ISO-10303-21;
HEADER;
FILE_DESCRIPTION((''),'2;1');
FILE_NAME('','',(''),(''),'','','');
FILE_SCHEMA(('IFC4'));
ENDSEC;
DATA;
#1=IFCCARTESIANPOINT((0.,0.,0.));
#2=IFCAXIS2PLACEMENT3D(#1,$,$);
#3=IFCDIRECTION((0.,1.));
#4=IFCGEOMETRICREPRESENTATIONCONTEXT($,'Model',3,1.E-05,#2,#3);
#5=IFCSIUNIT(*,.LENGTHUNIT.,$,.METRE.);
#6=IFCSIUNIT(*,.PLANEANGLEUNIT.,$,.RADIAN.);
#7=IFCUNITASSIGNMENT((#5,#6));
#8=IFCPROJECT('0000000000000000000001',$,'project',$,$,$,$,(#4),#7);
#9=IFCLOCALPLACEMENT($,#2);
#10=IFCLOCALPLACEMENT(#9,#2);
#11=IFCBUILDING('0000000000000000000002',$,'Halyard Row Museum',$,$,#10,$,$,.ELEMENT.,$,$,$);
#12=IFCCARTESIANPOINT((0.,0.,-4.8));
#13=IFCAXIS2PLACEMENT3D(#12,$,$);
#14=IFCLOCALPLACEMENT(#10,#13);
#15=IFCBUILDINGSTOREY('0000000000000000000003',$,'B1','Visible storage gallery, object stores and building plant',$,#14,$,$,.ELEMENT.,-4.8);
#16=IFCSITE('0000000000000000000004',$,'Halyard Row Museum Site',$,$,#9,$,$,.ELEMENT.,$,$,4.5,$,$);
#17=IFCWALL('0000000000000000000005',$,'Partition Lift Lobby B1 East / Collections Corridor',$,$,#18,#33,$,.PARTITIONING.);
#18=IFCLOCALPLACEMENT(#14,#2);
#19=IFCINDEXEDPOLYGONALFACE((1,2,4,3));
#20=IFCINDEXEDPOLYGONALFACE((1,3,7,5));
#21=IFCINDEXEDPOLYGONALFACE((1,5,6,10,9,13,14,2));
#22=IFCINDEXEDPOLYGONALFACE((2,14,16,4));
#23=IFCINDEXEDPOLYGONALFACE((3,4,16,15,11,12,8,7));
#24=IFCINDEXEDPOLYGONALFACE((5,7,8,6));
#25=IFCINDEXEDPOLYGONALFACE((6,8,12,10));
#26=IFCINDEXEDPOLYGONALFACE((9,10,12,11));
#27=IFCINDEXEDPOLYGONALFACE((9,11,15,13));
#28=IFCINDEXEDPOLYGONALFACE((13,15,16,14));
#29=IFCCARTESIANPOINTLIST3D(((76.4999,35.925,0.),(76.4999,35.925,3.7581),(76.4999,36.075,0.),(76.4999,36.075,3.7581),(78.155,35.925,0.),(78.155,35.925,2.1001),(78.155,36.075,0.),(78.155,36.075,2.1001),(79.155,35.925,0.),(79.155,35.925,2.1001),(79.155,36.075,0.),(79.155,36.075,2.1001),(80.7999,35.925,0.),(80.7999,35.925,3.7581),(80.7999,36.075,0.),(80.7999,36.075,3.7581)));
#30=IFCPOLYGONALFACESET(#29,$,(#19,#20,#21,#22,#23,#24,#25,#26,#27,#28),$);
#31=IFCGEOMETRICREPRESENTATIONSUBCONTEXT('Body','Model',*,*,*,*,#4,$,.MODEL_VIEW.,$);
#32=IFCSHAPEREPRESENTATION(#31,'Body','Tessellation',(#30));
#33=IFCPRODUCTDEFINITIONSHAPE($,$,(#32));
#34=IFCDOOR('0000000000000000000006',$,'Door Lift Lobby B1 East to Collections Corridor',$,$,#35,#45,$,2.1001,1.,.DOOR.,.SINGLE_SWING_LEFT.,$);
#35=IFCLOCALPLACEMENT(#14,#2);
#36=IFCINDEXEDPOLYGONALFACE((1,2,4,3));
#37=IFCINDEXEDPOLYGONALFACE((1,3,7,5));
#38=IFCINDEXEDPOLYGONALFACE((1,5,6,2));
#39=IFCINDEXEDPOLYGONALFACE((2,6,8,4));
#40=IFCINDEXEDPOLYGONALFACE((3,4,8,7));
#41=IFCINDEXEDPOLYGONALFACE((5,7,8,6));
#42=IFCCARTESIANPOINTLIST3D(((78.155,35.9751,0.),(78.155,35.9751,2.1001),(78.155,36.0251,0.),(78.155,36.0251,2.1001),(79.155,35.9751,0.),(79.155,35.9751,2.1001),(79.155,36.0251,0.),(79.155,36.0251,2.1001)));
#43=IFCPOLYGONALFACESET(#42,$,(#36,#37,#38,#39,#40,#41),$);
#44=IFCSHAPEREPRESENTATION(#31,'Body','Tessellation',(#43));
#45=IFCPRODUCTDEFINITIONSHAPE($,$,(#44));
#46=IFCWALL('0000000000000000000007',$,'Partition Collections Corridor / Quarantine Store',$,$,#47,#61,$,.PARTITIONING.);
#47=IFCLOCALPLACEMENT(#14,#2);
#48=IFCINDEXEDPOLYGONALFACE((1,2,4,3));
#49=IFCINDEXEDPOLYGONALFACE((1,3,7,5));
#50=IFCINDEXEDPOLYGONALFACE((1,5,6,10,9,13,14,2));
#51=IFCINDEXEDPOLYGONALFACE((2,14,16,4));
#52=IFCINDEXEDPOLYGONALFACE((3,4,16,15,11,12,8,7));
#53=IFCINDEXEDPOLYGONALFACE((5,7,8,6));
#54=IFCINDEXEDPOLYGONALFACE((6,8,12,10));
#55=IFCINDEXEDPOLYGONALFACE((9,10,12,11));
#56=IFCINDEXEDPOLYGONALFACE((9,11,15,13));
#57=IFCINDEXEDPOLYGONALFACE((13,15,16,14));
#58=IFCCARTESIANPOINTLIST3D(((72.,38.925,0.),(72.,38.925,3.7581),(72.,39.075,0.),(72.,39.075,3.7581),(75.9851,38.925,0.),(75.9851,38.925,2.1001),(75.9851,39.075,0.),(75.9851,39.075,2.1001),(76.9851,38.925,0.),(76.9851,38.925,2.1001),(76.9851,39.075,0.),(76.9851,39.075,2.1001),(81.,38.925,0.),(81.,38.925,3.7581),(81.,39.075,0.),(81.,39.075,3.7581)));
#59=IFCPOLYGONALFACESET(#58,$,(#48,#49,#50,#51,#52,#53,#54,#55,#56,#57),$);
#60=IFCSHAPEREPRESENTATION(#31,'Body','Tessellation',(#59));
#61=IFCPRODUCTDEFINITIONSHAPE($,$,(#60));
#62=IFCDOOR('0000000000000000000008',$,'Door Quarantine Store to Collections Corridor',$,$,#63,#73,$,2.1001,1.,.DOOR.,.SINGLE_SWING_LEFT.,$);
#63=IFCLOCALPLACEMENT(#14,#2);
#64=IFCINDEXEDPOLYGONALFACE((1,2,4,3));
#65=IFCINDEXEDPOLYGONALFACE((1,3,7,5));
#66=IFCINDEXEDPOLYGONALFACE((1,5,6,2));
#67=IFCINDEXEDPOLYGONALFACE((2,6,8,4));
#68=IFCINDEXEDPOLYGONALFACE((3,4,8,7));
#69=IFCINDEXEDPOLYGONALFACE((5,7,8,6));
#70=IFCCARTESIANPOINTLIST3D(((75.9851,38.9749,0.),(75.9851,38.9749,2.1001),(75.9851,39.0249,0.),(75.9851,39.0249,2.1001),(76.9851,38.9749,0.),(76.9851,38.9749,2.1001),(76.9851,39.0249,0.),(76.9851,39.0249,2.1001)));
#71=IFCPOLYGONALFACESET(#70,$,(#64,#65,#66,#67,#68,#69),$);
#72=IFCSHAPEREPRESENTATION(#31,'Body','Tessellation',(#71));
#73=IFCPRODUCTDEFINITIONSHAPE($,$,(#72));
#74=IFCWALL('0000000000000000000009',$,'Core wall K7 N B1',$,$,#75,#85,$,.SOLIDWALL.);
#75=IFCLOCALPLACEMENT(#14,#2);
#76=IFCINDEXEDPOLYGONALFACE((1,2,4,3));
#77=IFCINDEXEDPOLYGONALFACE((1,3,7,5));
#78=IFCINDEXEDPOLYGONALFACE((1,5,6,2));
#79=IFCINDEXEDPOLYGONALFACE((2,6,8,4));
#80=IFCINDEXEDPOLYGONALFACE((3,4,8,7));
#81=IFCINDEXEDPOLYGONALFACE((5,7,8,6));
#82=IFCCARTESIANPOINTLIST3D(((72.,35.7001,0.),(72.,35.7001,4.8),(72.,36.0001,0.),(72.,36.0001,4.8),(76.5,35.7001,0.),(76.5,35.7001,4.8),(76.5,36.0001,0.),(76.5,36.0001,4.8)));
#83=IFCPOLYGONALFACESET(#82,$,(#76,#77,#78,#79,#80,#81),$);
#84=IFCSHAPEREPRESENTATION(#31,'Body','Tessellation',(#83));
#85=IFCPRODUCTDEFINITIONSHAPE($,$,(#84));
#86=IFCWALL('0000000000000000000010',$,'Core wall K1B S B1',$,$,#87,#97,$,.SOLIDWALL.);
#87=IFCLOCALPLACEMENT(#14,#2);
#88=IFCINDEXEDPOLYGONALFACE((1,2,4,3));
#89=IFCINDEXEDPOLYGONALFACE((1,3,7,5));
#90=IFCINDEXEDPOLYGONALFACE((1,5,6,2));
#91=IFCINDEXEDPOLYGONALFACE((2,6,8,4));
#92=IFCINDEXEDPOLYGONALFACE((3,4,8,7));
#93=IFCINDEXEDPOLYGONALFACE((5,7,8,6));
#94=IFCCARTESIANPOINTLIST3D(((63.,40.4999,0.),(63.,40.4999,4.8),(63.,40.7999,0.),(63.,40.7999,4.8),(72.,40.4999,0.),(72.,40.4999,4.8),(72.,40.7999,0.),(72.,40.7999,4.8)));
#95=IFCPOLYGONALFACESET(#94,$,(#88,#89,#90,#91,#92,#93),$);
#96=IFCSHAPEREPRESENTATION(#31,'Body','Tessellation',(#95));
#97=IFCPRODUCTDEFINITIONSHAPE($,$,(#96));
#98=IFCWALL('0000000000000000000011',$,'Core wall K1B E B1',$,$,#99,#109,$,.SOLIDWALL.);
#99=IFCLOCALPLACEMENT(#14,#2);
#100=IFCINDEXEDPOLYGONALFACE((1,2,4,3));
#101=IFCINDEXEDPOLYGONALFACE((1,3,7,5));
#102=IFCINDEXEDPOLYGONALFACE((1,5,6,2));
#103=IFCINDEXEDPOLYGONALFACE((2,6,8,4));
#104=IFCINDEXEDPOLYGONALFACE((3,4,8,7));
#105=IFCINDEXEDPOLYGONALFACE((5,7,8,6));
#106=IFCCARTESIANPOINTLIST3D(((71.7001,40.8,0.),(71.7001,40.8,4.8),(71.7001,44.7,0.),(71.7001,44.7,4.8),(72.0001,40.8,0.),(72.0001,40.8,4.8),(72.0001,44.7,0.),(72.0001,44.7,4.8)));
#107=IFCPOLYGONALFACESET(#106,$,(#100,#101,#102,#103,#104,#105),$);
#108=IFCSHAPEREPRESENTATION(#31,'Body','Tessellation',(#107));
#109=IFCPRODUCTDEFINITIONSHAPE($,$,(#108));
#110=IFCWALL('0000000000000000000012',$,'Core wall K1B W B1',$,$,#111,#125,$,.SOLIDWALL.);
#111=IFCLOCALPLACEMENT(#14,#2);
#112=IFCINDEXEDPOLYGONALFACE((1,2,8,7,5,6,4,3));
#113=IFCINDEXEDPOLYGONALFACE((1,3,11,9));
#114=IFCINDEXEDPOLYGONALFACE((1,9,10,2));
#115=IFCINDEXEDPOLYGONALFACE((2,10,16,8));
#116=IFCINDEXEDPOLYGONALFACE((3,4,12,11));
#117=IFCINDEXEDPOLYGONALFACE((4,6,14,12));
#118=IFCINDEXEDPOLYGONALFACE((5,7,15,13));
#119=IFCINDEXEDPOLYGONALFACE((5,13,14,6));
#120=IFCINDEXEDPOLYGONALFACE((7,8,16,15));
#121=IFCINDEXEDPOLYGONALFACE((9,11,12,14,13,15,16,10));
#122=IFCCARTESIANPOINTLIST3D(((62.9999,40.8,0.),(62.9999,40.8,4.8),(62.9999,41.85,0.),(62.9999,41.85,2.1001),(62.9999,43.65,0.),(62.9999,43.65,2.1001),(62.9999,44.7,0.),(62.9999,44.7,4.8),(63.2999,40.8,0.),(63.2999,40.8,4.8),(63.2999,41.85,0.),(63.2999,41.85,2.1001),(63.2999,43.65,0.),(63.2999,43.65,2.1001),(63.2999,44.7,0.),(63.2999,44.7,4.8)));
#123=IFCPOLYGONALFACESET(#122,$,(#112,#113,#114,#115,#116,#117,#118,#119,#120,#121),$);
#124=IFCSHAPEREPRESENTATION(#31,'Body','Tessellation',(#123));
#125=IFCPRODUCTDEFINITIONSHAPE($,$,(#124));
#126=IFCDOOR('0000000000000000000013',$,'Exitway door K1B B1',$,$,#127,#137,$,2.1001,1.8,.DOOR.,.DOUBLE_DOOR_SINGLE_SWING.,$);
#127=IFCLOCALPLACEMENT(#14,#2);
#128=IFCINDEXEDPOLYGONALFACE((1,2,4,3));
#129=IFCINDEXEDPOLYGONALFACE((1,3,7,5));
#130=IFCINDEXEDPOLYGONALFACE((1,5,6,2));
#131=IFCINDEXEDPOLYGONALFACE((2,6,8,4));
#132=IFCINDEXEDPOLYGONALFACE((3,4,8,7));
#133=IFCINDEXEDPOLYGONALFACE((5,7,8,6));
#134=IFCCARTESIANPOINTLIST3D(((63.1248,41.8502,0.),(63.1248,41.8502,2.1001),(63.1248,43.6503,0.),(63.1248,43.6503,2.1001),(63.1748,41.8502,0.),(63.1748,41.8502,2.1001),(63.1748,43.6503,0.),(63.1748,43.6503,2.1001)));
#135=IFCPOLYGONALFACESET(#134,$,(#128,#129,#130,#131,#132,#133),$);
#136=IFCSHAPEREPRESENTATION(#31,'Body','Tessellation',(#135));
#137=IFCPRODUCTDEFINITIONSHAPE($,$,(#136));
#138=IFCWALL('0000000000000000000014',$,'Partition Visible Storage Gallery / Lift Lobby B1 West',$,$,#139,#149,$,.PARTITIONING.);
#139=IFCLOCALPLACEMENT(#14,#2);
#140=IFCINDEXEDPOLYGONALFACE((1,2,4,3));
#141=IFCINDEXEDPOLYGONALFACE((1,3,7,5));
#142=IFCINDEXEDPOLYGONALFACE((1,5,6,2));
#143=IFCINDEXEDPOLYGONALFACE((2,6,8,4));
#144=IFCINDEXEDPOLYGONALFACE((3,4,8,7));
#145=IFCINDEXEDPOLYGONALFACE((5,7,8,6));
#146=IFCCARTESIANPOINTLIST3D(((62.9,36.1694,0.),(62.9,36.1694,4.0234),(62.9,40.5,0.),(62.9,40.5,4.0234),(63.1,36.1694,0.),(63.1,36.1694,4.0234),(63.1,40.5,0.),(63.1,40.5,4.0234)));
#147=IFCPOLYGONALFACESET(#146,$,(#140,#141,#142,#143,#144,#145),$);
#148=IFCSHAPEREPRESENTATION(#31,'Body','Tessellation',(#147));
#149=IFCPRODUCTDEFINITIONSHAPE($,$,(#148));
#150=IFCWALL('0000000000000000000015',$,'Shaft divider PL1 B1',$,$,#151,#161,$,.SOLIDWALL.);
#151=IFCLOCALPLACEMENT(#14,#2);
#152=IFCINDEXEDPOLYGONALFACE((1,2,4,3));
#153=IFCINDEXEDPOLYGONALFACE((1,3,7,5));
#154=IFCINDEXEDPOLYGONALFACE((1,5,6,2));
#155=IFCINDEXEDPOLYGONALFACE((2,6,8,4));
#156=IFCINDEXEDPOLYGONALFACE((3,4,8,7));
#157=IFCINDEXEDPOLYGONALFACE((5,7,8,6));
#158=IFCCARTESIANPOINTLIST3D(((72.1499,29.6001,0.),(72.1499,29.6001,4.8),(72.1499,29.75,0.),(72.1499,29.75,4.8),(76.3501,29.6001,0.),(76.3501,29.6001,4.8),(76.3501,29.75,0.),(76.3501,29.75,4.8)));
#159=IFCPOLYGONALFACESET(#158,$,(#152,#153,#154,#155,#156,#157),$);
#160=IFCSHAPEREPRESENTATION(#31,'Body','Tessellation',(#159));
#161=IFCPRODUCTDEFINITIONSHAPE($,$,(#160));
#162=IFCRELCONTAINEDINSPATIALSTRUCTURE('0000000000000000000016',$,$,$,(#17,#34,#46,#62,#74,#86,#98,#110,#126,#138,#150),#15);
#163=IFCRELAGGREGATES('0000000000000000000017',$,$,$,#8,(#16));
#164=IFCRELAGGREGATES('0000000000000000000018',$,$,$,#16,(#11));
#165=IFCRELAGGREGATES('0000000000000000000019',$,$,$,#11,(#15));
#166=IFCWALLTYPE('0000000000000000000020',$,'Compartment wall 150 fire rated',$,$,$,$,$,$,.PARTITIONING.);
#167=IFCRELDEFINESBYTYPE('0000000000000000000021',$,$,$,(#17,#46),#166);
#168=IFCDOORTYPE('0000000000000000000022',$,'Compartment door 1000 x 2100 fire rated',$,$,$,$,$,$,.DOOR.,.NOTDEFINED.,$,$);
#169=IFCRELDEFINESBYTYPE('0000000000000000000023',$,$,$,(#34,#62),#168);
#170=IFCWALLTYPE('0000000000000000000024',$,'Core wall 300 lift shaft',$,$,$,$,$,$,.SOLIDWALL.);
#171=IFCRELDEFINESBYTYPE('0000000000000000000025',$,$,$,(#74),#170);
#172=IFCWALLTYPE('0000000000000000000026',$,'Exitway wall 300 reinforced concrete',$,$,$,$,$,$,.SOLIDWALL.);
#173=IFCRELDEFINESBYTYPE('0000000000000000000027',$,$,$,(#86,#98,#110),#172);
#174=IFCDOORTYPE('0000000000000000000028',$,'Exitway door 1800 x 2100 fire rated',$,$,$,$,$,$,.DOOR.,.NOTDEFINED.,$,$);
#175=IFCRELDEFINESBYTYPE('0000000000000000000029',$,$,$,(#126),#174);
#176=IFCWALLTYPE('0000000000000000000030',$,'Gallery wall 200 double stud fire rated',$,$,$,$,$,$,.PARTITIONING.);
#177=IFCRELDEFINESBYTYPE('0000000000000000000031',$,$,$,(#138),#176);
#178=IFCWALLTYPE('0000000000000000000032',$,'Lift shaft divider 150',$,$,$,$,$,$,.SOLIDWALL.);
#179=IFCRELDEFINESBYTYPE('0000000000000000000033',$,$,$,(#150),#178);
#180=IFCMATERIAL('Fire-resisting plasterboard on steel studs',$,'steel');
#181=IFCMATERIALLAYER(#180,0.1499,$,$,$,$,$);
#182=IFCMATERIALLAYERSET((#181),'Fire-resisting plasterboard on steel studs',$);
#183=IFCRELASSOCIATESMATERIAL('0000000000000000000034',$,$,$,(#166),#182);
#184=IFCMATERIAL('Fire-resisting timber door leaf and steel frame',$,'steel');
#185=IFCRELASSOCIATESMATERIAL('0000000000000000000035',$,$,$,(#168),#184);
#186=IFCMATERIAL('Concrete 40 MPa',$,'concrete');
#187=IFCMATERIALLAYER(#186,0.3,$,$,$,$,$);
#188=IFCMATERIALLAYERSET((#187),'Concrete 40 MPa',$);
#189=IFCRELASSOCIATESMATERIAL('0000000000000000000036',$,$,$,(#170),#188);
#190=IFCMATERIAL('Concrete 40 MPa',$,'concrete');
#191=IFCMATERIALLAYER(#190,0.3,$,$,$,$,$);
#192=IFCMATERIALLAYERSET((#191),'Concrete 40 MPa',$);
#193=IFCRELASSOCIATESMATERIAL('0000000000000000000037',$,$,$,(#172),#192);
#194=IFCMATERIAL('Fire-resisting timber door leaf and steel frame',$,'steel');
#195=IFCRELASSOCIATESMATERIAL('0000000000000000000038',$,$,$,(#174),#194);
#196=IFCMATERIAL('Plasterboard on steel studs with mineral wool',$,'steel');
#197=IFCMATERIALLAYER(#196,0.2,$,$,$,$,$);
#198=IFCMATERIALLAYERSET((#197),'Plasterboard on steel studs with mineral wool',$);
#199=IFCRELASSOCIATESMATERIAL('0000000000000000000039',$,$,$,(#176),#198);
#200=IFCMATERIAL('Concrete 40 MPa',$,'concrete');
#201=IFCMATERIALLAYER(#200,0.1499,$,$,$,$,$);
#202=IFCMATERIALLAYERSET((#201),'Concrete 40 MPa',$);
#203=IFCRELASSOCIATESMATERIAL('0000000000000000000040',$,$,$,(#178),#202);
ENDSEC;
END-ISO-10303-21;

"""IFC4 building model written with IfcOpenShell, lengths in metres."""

from ifc_helpers import new_model, si_unit, direction, frame, frame_2d, origin, place, context, subcontext, project, spatial, rectangle, extrude, material, layer, layer_set, type_object, element, fill, save


model = new_model("IFC4")

# Units and contexts
model_context = context("Model", 3, precision=1e-05, world=origin(), true_north=direction((0.0, 1.0)))
body_context = subcontext(model_context, "Body", "Model", "MODEL_VIEW")
ifc_project = project(units=[si_unit("LENGTHUNIT", "METRE"), si_unit("PLANEANGLEUNIT", "RADIAN")], contexts=[model_context])

# Site, building, storey
site_placement = place(None, origin())
site = spatial("IfcSite", under=ifc_project, at=site_placement, Name="Halyard Row Museum Site", CompositionType="ELEMENT", RefElevation=4.5)
building_placement = place(site_placement, origin())
building = spatial("IfcBuilding", under=site, at=building_placement, Name="Halyard Row Museum", CompositionType="ELEMENT")
storey_placement = place(building_placement, frame((0.0, 0.0, -4.8)))
storey = spatial("IfcBuildingStorey", under=building, at=storey_placement, Name="B1", Description="Visible storage gallery, object stores and building plant", CompositionType="ELEMENT", Elevation=-4.8)

# Shared definitions
ifc_material_1 = material(Name="Fire-resisting plasterboard on steel studs", Category="steel")
ifc_layer_1 = layer(ifc_material_1, 0.1499)
ifc_layer_set_1 = layer_set([ifc_layer_1], Name="Fire-resisting plasterboard on steel studs")
wall_type_1 = type_object("IfcWallType", Name="Compartment wall 150 fire rated", PredefinedType="PARTITIONING", material=ifc_layer_set_1)
ifc_material_2 = material(Name="Fire-resisting timber door leaf and steel frame", Category="steel")
door_type_1 = type_object("IfcDoorType", Name="Compartment door 1000 x 2100 fire rated", OperationType="NOTDEFINED", PredefinedType="DOOR", material=ifc_material_2)

# Walls, openings, doors
wall_1_placement = place(storey_placement, frame((76.5, 36.0, 0.0), z_axis=(0.0, 0.0, 1.0), x_axis=(1.0, 0.0, 0.0)))
wall_1 = element("IfcWall", 1, at=wall_1_placement, inside=storey, type_object=wall_type_1, Name="Partition Lift Lobby B1 East / Collections Corridor", PredefinedType="PARTITIONING", context=body_context, shape_type="SweptSolid", body=[
    extrude(rectangle(XDim=4.3, YDim=0.1499, at=frame_2d((2.1499, 0.0))), origin(), (0.0, 0.0, 1.0), 3.7581),
])
opening_1_placement = place(wall_1_placement, frame((1.655, 0.0, 0.0)))
opening_1 = element("IfcOpeningElement", 2, at=opening_1_placement, cuts=wall_1, PredefinedType="OPENING", context=body_context, shape_type="SweptSolid", body=[
    extrude(rectangle(XDim=1.0, YDim=2.1001, at=frame_2d((0.5, 1.05))), frame((0.0, 0.085, 0.0), z_axis=(0.0, -1.0, 0.0), x_axis=(1.0, 0.0, 0.0)), (0.0, 0.0, 1.0), 0.1699),
])
door_1_placement = place(opening_1_placement, frame((1.0, 0.0, 0.0), z_axis=(0.0, 0.0, 1.0), x_axis=(-1.0, 0.0, 0.0)))
door_1 = element("IfcDoor", 3, at=door_1_placement, inside=storey, type_object=door_type_1, Name="Door Lift Lobby B1 East to Collections Corridor", OperationType="SINGLE_SWING_LEFT", OverallHeight=2.1001, OverallWidth=1.0, PredefinedType="DOOR", context=body_context, shape_type="SweptSolid", body=[
    extrude(rectangle(XDim=1.0, YDim=2.1001, at=frame_2d((0.5, 1.05))), frame((0.0, 0.0249, 0.0), z_axis=(0.0, -1.0, 0.0), x_axis=(1.0, 0.0, 0.0)), (0.0, 0.0, 1.0), 0.05),
])
fill(opening_1, door_1)
wall_2_placement = place(storey_placement, frame((72.0, 39.0, 0.0), z_axis=(0.0, 0.0, 1.0), x_axis=(1.0, 0.0, 0.0)))
wall_2 = element("IfcWall", 4, at=wall_2_placement, inside=storey, type_object=wall_type_1, Name="Partition Collections Corridor / Quarantine Store", PredefinedType="PARTITIONING", context=body_context, shape_type="SweptSolid", body=[
    extrude(rectangle(XDim=9.0, YDim=0.1499, at=frame_2d((4.5, 0.0))), origin(), (0.0, 0.0, 1.0), 3.7581),
])
opening_2_placement = place(wall_2_placement, frame((3.9851, 0.0, 0.0)))
opening_2 = element("IfcOpeningElement", 5, at=opening_2_placement, cuts=wall_2, PredefinedType="OPENING", context=body_context, shape_type="SweptSolid", body=[
    extrude(rectangle(XDim=1.0, YDim=2.1001, at=frame_2d((0.5, 1.05))), frame((0.0, 0.085, 0.0), z_axis=(0.0, -1.0, 0.0), x_axis=(1.0, 0.0, 0.0)), (0.0, 0.0, 1.0), 0.1699),
])
door_2_placement = place(opening_2_placement, origin())
door_2 = element("IfcDoor", 6, at=door_2_placement, inside=storey, type_object=door_type_1, Name="Door Quarantine Store to Collections Corridor", OperationType="SINGLE_SWING_LEFT", OverallHeight=2.1001, OverallWidth=1.0, PredefinedType="DOOR", context=body_context, shape_type="SweptSolid", body=[
    extrude(rectangle(XDim=1.0, YDim=2.1001, at=frame_2d((0.5, 1.05))), frame((0.0, 0.0249, 0.0), z_axis=(0.0, -1.0, 0.0), x_axis=(1.0, 0.0, 0.0)), (0.0, 0.0, 1.0), 0.05),
])
fill(opening_2, door_2)

# Walls
ifc_material_3 = material(Name="Concrete 40 MPa", Category="concrete")
ifc_layer_2 = layer(ifc_material_3, 0.3)
ifc_layer_set_2 = layer_set([ifc_layer_2], Name="Concrete 40 MPa")
wall_type_2 = type_object("IfcWallType", Name="Core wall 300 lift shaft", PredefinedType="SOLIDWALL", material=ifc_layer_set_2)
wall_3_placement = place(storey_placement, frame((72.0, 35.8501, 0.0), z_axis=(0.0, 0.0, 1.0), x_axis=(1.0, 0.0, 0.0)))
element("IfcWall", 7, at=wall_3_placement, inside=storey, type_object=wall_type_2, Name="Core wall K7 N B1", PredefinedType="SOLIDWALL", context=body_context, shape_type="SweptSolid", body=[
    extrude(rectangle(XDim=4.5, YDim=0.3, at=frame_2d((2.25, 0.0))), origin(), (0.0, 0.0, 1.0), 4.8),
])
ifc_material_4 = material(Name="Concrete 40 MPa", Category="concrete")
ifc_layer_3 = layer(ifc_material_4, 0.3)
ifc_layer_set_3 = layer_set([ifc_layer_3], Name="Concrete 40 MPa")
wall_type_3 = type_object("IfcWallType", Name="Exitway wall 300 reinforced concrete", PredefinedType="SOLIDWALL", material=ifc_layer_set_3)
wall_4_placement = place(storey_placement, frame((63.0, 40.6499, 0.0), z_axis=(0.0, 0.0, 1.0), x_axis=(1.0, 0.0, 0.0)))
element("IfcWall", 8, at=wall_4_placement, inside=storey, type_object=wall_type_3, Name="Core wall K1B S B1", PredefinedType="SOLIDWALL", context=body_context, shape_type="SweptSolid", body=[
    extrude(rectangle(XDim=9.0, YDim=0.3, at=frame_2d((4.5, 0.0))), origin(), (0.0, 0.0, 1.0), 4.8),
])
wall_5_placement = place(storey_placement, frame((71.8501, 40.8, 0.0), z_axis=(0.0, 0.0, 1.0), x_axis=(0.0, 1.0, 0.0)))
element("IfcWall", 9, at=wall_5_placement, inside=storey, type_object=wall_type_3, Name="Core wall K1B E B1", PredefinedType="SOLIDWALL", context=body_context, shape_type="SweptSolid", body=[
    extrude(rectangle(XDim=3.8999, YDim=0.3, at=frame_2d((1.95, 0.0))), origin(), (0.0, 0.0, 1.0), 4.8),
])

# Wall, opening, door
wall_6_placement = place(storey_placement, frame((63.1499, 40.8, 0.0), z_axis=(0.0, 0.0, 1.0), x_axis=(0.0, 1.0, 0.0)))
wall_6 = element("IfcWall", 10, at=wall_6_placement, inside=storey, type_object=wall_type_3, Name="Core wall K1B W B1", PredefinedType="SOLIDWALL", context=body_context, shape_type="SweptSolid", body=[
    extrude(rectangle(XDim=3.8999, YDim=0.3, at=frame_2d((1.95, 0.0))), origin(), (0.0, 0.0, 1.0), 4.8),
])
opening_3_placement = place(wall_6_placement, frame((1.05, 0.0, 0.0)))
opening_3 = element("IfcOpeningElement", 11, at=opening_3_placement, cuts=wall_6, PredefinedType="OPENING", context=body_context, shape_type="SweptSolid", body=[
    extrude(rectangle(XDim=1.8, YDim=2.1001, at=frame_2d((0.8999, 1.05))), frame((0.0, 0.1599, 0.0), z_axis=(0.0, -1.0, 0.0), x_axis=(1.0, 0.0, 0.0)), (0.0, 0.0, 1.0), 0.3201),
])
ifc_material_5 = material(Name="Fire-resisting timber door leaf and steel frame", Category="steel")
door_type_2 = type_object("IfcDoorType", Name="Exitway door 1800 x 2100 fire rated", OperationType="NOTDEFINED", PredefinedType="DOOR", material=ifc_material_5)
door_3_placement = place(opening_3_placement, frame((1.8, 0.0, 0.0), z_axis=(0.0, 0.0, 1.0), x_axis=(-1.0, 0.0, 0.0)))
door_3 = element("IfcDoor", 12, at=door_3_placement, inside=storey, type_object=door_type_2, Name="Exitway door K1B B1", OperationType="DOUBLE_DOOR_SINGLE_SWING", OverallHeight=2.1001, OverallWidth=1.8, PredefinedType="DOOR", context=body_context, shape_type="SweptSolid", body=[
    extrude(rectangle(XDim=1.8, YDim=2.1001, at=frame_2d((0.8999, 1.05))), frame((0.0, 0.0249, 0.0), z_axis=(0.0, -1.0, 0.0), x_axis=(1.0, 0.0, 0.0)), (0.0, 0.0, 1.0), 0.05),
])
fill(opening_3, door_3)

# Walls
ifc_material_6 = material(Name="Plasterboard on steel studs with mineral wool", Category="steel")
ifc_layer_4 = layer(ifc_material_6, 0.2)
ifc_layer_set_4 = layer_set([ifc_layer_4], Name="Plasterboard on steel studs with mineral wool")
wall_type_4 = type_object("IfcWallType", Name="Gallery wall 200 double stud fire rated", PredefinedType="PARTITIONING", material=ifc_layer_set_4)
wall_7_placement = place(storey_placement, frame((63.0, 36.1694, 0.0), z_axis=(0.0, 0.0, 1.0), x_axis=(0.0, 1.0, 0.0)))
element("IfcWall", 13, at=wall_7_placement, inside=storey, type_object=wall_type_4, Name="Partition Visible Storage Gallery / Lift Lobby B1 West", PredefinedType="PARTITIONING", context=body_context, shape_type="SweptSolid", body=[
    extrude(rectangle(XDim=4.3306, YDim=0.2, at=frame_2d((2.1653, 0.0))), origin(), (0.0, 0.0, 1.0), 4.0234),
])
ifc_material_7 = material(Name="Concrete 40 MPa", Category="concrete")
ifc_layer_5 = layer(ifc_material_7, 0.1499)
ifc_layer_set_5 = layer_set([ifc_layer_5], Name="Concrete 40 MPa")
wall_type_5 = type_object("IfcWallType", Name="Lift shaft divider 150", PredefinedType="SOLIDWALL", material=ifc_layer_set_5)
wall_8_placement = place(storey_placement, frame((72.1499, 29.675, 0.0), z_axis=(0.0, 0.0, 1.0), x_axis=(1.0, 0.0, 0.0)))
element("IfcWall", 14, at=wall_8_placement, inside=storey, type_object=wall_type_5, Name="Shaft divider PL1 B1", PredefinedType="SOLIDWALL", context=body_context, shape_type="SweptSolid", body=[
    extrude(rectangle(XDim=4.2002, YDim=0.1499, at=frame_2d((2.1001, 0.0))), origin(), (0.0, 0.0, 1.0), 4.8),
])

save(model, "model.ifc")
